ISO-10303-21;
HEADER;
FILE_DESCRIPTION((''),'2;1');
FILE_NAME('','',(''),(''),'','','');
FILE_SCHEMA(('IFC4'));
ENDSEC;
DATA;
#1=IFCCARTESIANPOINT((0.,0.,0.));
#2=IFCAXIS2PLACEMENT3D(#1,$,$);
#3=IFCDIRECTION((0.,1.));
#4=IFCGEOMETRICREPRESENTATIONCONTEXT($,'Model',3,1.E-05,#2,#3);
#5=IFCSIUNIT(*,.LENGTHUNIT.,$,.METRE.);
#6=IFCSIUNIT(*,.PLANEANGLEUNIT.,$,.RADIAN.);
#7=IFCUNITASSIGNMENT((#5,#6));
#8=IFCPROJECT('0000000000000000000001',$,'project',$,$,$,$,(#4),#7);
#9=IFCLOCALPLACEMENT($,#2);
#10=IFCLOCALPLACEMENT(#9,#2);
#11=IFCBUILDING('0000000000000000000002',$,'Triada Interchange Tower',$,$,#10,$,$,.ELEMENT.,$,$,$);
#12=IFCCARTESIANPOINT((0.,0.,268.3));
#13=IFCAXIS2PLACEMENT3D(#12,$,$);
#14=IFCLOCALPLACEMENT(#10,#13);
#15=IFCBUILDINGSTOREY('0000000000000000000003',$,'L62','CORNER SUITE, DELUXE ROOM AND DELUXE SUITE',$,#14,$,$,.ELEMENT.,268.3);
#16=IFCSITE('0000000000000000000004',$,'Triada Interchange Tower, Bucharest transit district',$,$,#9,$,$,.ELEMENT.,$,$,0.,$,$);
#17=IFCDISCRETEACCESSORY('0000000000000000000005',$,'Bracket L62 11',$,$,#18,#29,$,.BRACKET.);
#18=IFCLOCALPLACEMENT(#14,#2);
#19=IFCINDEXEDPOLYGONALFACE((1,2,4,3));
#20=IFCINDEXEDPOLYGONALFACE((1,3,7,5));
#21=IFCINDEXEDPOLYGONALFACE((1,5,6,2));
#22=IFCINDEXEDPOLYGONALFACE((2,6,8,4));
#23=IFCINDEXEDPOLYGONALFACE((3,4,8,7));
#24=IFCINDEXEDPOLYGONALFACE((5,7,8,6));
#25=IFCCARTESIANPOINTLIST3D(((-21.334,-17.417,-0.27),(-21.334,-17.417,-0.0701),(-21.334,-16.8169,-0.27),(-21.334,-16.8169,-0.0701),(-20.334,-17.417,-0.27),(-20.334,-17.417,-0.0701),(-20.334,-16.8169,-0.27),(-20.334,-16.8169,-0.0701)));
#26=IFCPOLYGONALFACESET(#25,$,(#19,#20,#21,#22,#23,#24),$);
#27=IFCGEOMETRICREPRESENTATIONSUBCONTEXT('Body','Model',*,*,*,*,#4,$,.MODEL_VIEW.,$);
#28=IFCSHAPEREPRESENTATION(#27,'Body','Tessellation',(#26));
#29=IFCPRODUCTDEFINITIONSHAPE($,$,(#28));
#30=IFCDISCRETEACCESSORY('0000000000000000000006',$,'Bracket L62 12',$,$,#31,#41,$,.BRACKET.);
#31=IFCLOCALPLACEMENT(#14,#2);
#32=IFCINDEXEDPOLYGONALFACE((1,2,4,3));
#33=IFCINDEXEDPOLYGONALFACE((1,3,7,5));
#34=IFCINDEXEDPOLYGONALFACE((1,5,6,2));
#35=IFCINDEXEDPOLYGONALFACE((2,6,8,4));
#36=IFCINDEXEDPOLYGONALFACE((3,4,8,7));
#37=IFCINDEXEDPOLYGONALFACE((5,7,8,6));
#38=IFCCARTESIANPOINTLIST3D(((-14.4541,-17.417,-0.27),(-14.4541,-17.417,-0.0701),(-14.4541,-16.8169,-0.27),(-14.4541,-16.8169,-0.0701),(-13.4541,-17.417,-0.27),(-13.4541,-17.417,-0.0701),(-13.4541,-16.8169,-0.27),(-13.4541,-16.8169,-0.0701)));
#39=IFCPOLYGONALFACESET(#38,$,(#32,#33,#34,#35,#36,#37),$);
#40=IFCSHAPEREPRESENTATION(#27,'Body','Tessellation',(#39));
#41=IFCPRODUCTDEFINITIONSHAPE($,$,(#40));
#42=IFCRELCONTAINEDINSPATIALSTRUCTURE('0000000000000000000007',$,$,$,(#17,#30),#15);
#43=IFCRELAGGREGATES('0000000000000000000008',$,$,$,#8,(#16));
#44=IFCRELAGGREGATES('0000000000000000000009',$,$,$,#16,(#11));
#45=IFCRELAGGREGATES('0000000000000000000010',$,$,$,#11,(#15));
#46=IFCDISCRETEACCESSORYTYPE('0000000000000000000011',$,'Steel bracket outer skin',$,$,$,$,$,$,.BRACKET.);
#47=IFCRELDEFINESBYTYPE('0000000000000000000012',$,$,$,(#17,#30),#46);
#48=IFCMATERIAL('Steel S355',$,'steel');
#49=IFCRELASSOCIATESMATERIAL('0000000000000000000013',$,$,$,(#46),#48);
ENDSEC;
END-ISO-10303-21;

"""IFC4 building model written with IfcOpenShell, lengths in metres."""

from ifc_helpers import new_model, si_unit, direction, frame, origin, origin_2d, place, context, subcontext, project, spatial, rectangle, extrude, material, type_object, element, save


model = new_model("IFC4")

# Units and contexts
model_context = context("Model", 3, precision=1e-05, world=origin(), true_north=direction((0.0, 1.0)))
body_context = subcontext(model_context, "Body", "Model", "MODEL_VIEW")
ifc_project = project(units=[si_unit("LENGTHUNIT", "METRE"), si_unit("PLANEANGLEUNIT", "RADIAN")], contexts=[model_context])

# Site, building, storey
site_placement = place(None, origin())
site = spatial("IfcSite", under=ifc_project, at=site_placement, Name="Triada Interchange Tower, Bucharest transit district", CompositionType="ELEMENT", RefElevation=0.0)
building_placement = place(site_placement, origin())
building = spatial("IfcBuilding", under=site, at=building_placement, Name="Triada Interchange Tower", CompositionType="ELEMENT")
storey_placement = place(building_placement, frame((0.0, 0.0, 268.3)))
storey = spatial("IfcBuildingStorey", under=building, at=storey_placement, Name="L62", Description="CORNER SUITE, DELUXE ROOM AND DELUXE SUITE", CompositionType="ELEMENT", Elevation=268.3)

# Discrete accessories
ifc_material_1 = material(Name="Steel S355", Category="steel")
discrete_accessory_type = type_object("IfcDiscreteAccessoryType", Name="Steel bracket outer skin", PredefinedType="BRACKET", material=ifc_material_1)
for number, where, z_axis, x_axis, name in (
    (1, (-20.834, -17.1169, -0.27), (0.0, 0.0, 1.0), (0.0, -1.0, 0.0), "Bracket L62 11"),
    (2, (-13.9541, -17.1169, -0.27), (0.0, 0.0, 1.0), (0.0, -1.0, 0.0), "Bracket L62 12"),
):
    element("IfcDiscreteAccessory", number, at=place(storey_placement, frame(where, z_axis=z_axis, x_axis=x_axis)), inside=storey, type_object=discrete_accessory_type, Name=name, PredefinedType="BRACKET", context=body_context, shape_type="SweptSolid", body=[
        extrude(rectangle(XDim=0.6001, YDim=1.0, at=origin_2d()), origin(), (0.0, 0.0, 1.0), 0.2),
    ])

save(model, "model.ifc")
